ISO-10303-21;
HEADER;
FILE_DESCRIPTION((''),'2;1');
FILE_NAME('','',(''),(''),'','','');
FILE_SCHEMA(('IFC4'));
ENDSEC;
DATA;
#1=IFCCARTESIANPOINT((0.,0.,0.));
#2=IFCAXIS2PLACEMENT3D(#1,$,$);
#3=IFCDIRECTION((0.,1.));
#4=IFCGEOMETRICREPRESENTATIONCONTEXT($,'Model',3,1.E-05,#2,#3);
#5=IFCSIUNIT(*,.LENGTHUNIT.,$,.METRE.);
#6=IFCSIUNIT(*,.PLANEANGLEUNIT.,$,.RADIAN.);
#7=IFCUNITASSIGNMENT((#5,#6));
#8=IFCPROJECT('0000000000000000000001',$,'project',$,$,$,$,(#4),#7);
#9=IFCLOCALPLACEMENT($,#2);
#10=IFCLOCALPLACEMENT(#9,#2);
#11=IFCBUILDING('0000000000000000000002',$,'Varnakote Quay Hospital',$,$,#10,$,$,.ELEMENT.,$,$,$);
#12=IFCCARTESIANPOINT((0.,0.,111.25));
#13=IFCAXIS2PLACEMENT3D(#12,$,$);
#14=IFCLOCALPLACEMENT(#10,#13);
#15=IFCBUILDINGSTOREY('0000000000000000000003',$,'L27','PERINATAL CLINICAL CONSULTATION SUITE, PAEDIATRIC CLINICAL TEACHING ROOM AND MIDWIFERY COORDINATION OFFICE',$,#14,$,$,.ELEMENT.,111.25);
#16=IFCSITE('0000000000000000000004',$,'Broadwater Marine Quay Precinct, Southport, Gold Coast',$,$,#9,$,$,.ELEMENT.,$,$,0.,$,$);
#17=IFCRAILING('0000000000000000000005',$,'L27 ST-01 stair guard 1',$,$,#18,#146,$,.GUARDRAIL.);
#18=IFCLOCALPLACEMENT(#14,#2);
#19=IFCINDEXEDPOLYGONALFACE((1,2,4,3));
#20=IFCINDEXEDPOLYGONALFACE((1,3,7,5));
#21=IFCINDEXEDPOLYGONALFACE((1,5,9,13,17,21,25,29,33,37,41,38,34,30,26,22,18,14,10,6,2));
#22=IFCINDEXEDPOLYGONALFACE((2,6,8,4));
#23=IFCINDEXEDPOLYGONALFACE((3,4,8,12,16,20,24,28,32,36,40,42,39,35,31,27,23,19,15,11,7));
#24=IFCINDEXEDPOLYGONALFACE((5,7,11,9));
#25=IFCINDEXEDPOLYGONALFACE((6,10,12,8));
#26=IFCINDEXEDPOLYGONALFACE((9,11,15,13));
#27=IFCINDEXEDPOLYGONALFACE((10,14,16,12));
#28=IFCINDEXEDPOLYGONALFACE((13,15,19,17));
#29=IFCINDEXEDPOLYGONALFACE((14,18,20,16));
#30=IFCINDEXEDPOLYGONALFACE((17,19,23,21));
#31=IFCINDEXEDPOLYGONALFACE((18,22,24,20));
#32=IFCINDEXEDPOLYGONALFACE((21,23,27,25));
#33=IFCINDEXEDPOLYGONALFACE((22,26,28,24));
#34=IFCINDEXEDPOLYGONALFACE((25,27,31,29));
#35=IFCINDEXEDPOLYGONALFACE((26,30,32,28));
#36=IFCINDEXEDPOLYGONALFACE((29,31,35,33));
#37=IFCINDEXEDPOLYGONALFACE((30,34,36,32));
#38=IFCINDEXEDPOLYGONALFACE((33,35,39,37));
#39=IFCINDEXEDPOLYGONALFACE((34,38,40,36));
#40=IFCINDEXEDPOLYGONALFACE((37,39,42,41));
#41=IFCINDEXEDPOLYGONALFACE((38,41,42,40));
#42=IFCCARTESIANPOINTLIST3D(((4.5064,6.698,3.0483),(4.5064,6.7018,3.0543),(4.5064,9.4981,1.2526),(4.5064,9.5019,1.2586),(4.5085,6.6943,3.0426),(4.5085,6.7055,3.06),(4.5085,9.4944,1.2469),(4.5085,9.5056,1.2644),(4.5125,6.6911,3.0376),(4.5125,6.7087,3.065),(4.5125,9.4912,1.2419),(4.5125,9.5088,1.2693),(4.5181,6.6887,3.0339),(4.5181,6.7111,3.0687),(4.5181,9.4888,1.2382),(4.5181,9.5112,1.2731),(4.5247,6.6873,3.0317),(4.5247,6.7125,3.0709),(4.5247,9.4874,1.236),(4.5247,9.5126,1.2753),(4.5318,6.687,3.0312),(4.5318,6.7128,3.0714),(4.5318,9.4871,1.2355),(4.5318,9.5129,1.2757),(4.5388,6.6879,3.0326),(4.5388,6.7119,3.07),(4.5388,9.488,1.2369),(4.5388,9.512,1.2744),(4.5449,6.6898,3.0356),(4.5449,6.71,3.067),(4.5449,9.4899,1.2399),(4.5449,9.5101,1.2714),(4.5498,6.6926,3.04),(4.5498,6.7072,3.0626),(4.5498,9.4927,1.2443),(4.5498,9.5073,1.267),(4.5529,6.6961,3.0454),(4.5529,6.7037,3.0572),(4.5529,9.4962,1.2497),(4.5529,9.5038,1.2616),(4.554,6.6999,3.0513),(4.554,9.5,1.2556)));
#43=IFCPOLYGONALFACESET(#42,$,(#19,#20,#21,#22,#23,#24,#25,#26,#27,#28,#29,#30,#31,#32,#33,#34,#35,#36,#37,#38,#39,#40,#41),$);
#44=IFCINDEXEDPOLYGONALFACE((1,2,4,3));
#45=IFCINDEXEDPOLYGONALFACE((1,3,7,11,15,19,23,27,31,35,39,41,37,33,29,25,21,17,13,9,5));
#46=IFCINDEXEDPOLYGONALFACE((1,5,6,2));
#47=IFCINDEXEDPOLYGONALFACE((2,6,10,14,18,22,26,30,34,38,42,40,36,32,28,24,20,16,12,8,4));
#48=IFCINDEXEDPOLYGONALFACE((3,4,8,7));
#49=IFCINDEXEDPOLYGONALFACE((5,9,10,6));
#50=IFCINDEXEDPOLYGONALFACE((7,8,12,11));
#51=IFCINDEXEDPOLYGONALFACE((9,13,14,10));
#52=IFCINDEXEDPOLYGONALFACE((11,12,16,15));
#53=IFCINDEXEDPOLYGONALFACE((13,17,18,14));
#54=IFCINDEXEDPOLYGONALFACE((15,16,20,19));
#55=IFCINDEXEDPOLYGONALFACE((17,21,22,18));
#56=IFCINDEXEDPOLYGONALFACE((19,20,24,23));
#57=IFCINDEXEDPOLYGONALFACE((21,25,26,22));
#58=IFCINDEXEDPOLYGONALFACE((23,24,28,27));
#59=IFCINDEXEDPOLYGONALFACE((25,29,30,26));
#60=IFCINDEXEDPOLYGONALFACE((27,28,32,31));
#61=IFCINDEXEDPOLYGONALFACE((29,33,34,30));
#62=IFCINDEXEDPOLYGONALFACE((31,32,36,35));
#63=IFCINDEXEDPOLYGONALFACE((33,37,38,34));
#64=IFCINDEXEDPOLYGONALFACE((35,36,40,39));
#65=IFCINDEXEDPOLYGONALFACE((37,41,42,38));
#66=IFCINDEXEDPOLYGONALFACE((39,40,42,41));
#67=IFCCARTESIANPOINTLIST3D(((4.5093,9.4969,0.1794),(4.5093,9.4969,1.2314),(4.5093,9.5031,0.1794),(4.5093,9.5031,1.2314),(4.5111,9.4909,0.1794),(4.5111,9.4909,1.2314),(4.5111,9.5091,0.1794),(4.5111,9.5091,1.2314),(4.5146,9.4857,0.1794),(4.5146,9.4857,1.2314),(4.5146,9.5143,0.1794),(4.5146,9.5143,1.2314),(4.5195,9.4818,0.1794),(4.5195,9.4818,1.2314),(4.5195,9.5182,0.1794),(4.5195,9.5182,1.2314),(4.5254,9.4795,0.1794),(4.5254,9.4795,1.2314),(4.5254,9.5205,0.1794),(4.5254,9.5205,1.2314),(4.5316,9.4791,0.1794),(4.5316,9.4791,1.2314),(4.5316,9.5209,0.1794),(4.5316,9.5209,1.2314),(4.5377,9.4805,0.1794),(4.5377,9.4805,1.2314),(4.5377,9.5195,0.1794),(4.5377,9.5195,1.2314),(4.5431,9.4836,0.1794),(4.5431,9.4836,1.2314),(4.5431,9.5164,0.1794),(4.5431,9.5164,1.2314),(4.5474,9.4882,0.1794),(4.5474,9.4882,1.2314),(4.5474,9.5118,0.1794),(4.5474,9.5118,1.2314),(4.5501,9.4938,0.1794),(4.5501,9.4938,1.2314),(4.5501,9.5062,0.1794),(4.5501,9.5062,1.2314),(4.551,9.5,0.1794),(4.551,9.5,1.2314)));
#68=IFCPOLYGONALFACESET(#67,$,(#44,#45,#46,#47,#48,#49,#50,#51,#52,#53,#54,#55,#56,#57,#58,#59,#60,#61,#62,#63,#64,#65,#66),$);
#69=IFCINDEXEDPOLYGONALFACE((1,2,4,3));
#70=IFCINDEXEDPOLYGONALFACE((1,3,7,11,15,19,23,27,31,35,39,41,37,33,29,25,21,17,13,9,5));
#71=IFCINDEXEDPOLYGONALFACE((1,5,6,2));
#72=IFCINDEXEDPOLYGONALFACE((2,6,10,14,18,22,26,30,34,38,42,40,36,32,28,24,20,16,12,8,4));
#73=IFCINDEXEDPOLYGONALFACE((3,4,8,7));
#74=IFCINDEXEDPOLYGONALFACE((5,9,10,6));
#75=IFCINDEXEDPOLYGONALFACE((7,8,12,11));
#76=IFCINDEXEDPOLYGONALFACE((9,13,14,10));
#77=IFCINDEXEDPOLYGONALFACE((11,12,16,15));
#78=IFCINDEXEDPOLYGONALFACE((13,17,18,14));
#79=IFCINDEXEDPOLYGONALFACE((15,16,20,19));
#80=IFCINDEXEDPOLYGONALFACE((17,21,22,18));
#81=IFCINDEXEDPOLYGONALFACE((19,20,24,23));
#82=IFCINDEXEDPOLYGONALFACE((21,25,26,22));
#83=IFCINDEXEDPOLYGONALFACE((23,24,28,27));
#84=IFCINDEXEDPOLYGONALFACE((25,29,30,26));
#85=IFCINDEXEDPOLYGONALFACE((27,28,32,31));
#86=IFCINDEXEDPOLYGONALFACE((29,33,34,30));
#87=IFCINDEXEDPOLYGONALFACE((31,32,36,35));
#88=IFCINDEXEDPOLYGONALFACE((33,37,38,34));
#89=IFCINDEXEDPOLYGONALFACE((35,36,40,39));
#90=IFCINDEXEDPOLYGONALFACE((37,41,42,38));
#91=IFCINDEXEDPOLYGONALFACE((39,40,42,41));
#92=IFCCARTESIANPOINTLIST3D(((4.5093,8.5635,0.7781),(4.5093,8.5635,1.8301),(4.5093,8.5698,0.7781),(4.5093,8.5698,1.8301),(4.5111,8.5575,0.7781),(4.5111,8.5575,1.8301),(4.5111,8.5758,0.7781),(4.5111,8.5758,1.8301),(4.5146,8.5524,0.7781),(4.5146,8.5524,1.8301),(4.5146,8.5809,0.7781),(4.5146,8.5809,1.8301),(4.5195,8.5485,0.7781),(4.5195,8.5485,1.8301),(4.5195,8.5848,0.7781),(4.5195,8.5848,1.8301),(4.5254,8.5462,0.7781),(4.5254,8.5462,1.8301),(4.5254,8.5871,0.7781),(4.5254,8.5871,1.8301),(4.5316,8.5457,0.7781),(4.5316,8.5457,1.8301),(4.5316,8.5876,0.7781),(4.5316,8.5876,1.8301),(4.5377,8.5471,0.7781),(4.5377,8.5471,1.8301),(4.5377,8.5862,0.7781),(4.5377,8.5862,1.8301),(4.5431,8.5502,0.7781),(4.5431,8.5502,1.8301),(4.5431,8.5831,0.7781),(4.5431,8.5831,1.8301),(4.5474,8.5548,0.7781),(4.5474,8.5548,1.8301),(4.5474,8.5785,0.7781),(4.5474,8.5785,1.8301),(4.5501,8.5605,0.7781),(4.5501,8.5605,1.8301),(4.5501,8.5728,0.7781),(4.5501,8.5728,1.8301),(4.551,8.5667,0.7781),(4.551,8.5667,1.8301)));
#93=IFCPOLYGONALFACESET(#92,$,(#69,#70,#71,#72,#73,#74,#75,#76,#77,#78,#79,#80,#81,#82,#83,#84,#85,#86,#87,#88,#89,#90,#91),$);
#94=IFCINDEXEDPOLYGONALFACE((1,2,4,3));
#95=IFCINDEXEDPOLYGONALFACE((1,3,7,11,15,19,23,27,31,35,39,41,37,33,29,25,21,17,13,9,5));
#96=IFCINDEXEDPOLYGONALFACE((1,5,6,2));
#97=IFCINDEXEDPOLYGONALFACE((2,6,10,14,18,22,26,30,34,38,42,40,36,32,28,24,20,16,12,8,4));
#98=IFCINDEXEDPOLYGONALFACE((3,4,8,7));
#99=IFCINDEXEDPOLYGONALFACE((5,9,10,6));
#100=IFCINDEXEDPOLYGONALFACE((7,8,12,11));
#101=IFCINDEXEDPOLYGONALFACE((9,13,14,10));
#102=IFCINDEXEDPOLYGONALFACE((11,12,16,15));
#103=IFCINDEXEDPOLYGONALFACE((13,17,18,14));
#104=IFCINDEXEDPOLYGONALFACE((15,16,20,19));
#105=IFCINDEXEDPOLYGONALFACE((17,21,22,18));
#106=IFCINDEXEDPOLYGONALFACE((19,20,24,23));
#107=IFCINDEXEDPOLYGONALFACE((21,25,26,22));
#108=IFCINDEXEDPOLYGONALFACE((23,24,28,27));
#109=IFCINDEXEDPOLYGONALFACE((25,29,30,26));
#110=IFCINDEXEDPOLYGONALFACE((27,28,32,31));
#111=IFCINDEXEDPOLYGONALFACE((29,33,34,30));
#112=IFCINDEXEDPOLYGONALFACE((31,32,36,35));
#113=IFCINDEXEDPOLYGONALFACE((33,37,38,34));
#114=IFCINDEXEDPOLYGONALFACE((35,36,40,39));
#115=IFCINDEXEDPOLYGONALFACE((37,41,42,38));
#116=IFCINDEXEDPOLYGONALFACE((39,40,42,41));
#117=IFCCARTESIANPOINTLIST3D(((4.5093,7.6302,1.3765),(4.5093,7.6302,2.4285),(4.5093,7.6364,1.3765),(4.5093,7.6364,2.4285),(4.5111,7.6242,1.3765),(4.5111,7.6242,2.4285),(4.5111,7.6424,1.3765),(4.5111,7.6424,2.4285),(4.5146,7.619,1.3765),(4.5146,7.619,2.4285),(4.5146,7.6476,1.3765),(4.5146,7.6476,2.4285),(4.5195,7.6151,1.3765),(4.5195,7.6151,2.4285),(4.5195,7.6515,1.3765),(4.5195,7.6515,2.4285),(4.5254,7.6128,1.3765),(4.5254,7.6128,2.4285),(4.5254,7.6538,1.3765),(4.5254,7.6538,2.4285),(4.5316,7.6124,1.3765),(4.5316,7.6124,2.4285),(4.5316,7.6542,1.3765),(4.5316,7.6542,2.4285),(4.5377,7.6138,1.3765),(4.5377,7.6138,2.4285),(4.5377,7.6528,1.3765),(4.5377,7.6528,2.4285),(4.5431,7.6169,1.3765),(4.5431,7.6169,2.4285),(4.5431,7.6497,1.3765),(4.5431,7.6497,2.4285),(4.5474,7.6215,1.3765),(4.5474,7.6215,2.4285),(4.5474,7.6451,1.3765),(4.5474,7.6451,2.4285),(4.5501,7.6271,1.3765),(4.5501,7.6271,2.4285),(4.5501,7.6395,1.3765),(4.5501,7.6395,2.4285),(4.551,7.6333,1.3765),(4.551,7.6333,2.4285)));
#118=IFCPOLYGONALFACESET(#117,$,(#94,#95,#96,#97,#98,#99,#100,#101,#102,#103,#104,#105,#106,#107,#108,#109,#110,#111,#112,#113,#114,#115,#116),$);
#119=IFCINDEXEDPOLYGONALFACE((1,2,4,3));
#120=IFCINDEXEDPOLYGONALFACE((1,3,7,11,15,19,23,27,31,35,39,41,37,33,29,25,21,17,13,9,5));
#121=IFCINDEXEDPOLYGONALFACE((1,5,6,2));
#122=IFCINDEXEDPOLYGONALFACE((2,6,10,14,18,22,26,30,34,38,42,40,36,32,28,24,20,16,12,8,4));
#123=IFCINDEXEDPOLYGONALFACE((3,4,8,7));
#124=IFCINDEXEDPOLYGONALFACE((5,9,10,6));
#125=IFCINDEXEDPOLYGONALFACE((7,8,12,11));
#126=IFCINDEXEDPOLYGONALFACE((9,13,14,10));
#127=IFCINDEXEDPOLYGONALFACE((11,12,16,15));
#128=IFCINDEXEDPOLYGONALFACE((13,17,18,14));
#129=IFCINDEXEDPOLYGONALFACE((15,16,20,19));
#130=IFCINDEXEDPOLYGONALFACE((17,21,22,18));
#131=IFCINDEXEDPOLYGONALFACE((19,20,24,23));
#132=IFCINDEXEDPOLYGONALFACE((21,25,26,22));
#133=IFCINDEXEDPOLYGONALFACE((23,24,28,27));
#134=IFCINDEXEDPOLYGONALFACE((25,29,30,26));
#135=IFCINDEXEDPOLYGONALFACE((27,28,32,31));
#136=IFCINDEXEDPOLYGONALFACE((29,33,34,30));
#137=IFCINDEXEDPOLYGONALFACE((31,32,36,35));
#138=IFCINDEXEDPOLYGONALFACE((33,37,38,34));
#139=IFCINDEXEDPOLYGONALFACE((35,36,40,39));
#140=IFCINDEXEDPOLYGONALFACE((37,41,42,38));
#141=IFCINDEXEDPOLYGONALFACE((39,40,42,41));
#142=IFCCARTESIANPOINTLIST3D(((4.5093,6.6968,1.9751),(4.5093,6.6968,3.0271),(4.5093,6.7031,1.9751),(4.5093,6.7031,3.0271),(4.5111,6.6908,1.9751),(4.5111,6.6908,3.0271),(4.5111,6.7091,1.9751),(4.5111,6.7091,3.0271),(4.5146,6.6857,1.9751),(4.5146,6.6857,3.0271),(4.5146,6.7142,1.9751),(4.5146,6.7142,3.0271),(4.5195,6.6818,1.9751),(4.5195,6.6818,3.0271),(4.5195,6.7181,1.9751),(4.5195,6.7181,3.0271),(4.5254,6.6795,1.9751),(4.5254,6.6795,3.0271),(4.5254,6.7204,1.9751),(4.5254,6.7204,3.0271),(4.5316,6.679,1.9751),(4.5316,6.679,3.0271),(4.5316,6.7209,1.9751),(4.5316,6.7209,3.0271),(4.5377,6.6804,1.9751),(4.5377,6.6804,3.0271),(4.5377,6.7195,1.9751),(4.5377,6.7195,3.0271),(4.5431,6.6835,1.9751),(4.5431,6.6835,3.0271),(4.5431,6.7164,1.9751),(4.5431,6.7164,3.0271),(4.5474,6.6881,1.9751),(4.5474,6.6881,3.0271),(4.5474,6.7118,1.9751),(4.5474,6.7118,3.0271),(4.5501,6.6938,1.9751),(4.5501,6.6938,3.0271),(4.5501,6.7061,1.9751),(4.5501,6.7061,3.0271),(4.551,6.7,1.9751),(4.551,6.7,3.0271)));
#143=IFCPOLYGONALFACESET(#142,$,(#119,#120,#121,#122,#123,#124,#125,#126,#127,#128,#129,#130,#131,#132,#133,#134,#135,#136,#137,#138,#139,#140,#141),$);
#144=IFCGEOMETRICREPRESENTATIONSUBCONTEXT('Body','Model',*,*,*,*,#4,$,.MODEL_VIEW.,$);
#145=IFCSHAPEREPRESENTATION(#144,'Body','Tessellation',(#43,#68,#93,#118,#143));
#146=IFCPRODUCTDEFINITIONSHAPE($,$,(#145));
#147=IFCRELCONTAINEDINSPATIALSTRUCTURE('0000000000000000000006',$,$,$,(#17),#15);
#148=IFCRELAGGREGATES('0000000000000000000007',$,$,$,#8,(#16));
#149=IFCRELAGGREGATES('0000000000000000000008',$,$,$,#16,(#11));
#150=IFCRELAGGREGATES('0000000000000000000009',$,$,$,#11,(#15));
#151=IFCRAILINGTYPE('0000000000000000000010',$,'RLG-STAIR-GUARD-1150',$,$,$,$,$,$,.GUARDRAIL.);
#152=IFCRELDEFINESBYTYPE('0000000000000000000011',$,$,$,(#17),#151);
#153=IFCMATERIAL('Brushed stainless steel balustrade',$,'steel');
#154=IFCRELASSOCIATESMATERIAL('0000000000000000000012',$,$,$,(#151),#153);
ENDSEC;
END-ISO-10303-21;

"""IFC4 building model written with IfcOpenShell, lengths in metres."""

from ifc_helpers import new_model, si_unit, direction, frame, origin, origin_2d, place, context, subcontext, project, spatial, circle, extrude, material, type_object, element, save


model = new_model("IFC4")

# Units and contexts
model_context = context("Model", 3, precision=1e-05, world=origin(), true_north=direction((0.0, 1.0)))
body_context = subcontext(model_context, "Body", "Model", "MODEL_VIEW")
ifc_project = project(units=[si_unit("LENGTHUNIT", "METRE"), si_unit("PLANEANGLEUNIT", "RADIAN")], contexts=[model_context])

# Site, building, storey
site_placement = place(None, origin())
site = spatial("IfcSite", under=ifc_project, at=site_placement, Name="Broadwater Marine Quay Precinct, Southport, Gold Coast", CompositionType="ELEMENT", RefElevation=0.0)
building_placement = place(site_placement, origin())
building = spatial("IfcBuilding", under=site, at=building_placement, Name="Varnakote Quay Hospital", CompositionType="ELEMENT")
storey_placement = place(building_placement, frame((0.0, 0.0, 111.25)))
storey = spatial("IfcBuildingStorey", under=building, at=storey_placement, Name="L27", Description="PERINATAL CLINICAL CONSULTATION SUITE, PAEDIATRIC CLINICAL TEACHING ROOM AND MIDWIFERY COORDINATION OFFICE", CompositionType="ELEMENT", Elevation=111.25)

# Railing
ifc_material_1 = material(Name="Brushed stainless steel balustrade", Category="steel")
railing_type_1 = type_object("IfcRailingType", Name="RLG-STAIR-GUARD-1150", PredefinedType="GUARDRAIL", material=ifc_material_1)
railing_1_placement = place(storey_placement, frame((4.53, 9.5, 0.1794)))
element("IfcRailing", 1, at=railing_1_placement, inside=storey, type_object=railing_type_1, Name="L27 ST-01 stair guard 1", PredefinedType="GUARDRAIL", context=body_context, shape_type="SweptSolid", body=[
    extrude(circle(Radius=0.0239, at=origin_2d()), frame((0.0, 0.0, 1.0762), z_axis=(0.0, -0.841777, 0.539826), x_axis=(1.0, 0.0, 0.0)), (0.0, 0.0, 1.0), 3.3264),
    extrude(circle(Radius=0.021, at=origin_2d()), origin(), (0.0, 0.0, 1.0), 1.052),
    extrude(circle(Radius=0.021, at=origin_2d()), frame((0.0, -0.9333, 0.5986)), (0.0, 0.0, 1.0), 1.052),
    extrude(circle(Radius=0.021, at=origin_2d()), frame((0.0, -1.8667, 1.197)), (0.0, 0.0, 1.0), 1.052),
    extrude(circle(Radius=0.021, at=origin_2d()), frame((0.0, -2.8, 1.7957)), (0.0, 0.0, 1.0), 1.052),
])

save(model, "model.ifc")
